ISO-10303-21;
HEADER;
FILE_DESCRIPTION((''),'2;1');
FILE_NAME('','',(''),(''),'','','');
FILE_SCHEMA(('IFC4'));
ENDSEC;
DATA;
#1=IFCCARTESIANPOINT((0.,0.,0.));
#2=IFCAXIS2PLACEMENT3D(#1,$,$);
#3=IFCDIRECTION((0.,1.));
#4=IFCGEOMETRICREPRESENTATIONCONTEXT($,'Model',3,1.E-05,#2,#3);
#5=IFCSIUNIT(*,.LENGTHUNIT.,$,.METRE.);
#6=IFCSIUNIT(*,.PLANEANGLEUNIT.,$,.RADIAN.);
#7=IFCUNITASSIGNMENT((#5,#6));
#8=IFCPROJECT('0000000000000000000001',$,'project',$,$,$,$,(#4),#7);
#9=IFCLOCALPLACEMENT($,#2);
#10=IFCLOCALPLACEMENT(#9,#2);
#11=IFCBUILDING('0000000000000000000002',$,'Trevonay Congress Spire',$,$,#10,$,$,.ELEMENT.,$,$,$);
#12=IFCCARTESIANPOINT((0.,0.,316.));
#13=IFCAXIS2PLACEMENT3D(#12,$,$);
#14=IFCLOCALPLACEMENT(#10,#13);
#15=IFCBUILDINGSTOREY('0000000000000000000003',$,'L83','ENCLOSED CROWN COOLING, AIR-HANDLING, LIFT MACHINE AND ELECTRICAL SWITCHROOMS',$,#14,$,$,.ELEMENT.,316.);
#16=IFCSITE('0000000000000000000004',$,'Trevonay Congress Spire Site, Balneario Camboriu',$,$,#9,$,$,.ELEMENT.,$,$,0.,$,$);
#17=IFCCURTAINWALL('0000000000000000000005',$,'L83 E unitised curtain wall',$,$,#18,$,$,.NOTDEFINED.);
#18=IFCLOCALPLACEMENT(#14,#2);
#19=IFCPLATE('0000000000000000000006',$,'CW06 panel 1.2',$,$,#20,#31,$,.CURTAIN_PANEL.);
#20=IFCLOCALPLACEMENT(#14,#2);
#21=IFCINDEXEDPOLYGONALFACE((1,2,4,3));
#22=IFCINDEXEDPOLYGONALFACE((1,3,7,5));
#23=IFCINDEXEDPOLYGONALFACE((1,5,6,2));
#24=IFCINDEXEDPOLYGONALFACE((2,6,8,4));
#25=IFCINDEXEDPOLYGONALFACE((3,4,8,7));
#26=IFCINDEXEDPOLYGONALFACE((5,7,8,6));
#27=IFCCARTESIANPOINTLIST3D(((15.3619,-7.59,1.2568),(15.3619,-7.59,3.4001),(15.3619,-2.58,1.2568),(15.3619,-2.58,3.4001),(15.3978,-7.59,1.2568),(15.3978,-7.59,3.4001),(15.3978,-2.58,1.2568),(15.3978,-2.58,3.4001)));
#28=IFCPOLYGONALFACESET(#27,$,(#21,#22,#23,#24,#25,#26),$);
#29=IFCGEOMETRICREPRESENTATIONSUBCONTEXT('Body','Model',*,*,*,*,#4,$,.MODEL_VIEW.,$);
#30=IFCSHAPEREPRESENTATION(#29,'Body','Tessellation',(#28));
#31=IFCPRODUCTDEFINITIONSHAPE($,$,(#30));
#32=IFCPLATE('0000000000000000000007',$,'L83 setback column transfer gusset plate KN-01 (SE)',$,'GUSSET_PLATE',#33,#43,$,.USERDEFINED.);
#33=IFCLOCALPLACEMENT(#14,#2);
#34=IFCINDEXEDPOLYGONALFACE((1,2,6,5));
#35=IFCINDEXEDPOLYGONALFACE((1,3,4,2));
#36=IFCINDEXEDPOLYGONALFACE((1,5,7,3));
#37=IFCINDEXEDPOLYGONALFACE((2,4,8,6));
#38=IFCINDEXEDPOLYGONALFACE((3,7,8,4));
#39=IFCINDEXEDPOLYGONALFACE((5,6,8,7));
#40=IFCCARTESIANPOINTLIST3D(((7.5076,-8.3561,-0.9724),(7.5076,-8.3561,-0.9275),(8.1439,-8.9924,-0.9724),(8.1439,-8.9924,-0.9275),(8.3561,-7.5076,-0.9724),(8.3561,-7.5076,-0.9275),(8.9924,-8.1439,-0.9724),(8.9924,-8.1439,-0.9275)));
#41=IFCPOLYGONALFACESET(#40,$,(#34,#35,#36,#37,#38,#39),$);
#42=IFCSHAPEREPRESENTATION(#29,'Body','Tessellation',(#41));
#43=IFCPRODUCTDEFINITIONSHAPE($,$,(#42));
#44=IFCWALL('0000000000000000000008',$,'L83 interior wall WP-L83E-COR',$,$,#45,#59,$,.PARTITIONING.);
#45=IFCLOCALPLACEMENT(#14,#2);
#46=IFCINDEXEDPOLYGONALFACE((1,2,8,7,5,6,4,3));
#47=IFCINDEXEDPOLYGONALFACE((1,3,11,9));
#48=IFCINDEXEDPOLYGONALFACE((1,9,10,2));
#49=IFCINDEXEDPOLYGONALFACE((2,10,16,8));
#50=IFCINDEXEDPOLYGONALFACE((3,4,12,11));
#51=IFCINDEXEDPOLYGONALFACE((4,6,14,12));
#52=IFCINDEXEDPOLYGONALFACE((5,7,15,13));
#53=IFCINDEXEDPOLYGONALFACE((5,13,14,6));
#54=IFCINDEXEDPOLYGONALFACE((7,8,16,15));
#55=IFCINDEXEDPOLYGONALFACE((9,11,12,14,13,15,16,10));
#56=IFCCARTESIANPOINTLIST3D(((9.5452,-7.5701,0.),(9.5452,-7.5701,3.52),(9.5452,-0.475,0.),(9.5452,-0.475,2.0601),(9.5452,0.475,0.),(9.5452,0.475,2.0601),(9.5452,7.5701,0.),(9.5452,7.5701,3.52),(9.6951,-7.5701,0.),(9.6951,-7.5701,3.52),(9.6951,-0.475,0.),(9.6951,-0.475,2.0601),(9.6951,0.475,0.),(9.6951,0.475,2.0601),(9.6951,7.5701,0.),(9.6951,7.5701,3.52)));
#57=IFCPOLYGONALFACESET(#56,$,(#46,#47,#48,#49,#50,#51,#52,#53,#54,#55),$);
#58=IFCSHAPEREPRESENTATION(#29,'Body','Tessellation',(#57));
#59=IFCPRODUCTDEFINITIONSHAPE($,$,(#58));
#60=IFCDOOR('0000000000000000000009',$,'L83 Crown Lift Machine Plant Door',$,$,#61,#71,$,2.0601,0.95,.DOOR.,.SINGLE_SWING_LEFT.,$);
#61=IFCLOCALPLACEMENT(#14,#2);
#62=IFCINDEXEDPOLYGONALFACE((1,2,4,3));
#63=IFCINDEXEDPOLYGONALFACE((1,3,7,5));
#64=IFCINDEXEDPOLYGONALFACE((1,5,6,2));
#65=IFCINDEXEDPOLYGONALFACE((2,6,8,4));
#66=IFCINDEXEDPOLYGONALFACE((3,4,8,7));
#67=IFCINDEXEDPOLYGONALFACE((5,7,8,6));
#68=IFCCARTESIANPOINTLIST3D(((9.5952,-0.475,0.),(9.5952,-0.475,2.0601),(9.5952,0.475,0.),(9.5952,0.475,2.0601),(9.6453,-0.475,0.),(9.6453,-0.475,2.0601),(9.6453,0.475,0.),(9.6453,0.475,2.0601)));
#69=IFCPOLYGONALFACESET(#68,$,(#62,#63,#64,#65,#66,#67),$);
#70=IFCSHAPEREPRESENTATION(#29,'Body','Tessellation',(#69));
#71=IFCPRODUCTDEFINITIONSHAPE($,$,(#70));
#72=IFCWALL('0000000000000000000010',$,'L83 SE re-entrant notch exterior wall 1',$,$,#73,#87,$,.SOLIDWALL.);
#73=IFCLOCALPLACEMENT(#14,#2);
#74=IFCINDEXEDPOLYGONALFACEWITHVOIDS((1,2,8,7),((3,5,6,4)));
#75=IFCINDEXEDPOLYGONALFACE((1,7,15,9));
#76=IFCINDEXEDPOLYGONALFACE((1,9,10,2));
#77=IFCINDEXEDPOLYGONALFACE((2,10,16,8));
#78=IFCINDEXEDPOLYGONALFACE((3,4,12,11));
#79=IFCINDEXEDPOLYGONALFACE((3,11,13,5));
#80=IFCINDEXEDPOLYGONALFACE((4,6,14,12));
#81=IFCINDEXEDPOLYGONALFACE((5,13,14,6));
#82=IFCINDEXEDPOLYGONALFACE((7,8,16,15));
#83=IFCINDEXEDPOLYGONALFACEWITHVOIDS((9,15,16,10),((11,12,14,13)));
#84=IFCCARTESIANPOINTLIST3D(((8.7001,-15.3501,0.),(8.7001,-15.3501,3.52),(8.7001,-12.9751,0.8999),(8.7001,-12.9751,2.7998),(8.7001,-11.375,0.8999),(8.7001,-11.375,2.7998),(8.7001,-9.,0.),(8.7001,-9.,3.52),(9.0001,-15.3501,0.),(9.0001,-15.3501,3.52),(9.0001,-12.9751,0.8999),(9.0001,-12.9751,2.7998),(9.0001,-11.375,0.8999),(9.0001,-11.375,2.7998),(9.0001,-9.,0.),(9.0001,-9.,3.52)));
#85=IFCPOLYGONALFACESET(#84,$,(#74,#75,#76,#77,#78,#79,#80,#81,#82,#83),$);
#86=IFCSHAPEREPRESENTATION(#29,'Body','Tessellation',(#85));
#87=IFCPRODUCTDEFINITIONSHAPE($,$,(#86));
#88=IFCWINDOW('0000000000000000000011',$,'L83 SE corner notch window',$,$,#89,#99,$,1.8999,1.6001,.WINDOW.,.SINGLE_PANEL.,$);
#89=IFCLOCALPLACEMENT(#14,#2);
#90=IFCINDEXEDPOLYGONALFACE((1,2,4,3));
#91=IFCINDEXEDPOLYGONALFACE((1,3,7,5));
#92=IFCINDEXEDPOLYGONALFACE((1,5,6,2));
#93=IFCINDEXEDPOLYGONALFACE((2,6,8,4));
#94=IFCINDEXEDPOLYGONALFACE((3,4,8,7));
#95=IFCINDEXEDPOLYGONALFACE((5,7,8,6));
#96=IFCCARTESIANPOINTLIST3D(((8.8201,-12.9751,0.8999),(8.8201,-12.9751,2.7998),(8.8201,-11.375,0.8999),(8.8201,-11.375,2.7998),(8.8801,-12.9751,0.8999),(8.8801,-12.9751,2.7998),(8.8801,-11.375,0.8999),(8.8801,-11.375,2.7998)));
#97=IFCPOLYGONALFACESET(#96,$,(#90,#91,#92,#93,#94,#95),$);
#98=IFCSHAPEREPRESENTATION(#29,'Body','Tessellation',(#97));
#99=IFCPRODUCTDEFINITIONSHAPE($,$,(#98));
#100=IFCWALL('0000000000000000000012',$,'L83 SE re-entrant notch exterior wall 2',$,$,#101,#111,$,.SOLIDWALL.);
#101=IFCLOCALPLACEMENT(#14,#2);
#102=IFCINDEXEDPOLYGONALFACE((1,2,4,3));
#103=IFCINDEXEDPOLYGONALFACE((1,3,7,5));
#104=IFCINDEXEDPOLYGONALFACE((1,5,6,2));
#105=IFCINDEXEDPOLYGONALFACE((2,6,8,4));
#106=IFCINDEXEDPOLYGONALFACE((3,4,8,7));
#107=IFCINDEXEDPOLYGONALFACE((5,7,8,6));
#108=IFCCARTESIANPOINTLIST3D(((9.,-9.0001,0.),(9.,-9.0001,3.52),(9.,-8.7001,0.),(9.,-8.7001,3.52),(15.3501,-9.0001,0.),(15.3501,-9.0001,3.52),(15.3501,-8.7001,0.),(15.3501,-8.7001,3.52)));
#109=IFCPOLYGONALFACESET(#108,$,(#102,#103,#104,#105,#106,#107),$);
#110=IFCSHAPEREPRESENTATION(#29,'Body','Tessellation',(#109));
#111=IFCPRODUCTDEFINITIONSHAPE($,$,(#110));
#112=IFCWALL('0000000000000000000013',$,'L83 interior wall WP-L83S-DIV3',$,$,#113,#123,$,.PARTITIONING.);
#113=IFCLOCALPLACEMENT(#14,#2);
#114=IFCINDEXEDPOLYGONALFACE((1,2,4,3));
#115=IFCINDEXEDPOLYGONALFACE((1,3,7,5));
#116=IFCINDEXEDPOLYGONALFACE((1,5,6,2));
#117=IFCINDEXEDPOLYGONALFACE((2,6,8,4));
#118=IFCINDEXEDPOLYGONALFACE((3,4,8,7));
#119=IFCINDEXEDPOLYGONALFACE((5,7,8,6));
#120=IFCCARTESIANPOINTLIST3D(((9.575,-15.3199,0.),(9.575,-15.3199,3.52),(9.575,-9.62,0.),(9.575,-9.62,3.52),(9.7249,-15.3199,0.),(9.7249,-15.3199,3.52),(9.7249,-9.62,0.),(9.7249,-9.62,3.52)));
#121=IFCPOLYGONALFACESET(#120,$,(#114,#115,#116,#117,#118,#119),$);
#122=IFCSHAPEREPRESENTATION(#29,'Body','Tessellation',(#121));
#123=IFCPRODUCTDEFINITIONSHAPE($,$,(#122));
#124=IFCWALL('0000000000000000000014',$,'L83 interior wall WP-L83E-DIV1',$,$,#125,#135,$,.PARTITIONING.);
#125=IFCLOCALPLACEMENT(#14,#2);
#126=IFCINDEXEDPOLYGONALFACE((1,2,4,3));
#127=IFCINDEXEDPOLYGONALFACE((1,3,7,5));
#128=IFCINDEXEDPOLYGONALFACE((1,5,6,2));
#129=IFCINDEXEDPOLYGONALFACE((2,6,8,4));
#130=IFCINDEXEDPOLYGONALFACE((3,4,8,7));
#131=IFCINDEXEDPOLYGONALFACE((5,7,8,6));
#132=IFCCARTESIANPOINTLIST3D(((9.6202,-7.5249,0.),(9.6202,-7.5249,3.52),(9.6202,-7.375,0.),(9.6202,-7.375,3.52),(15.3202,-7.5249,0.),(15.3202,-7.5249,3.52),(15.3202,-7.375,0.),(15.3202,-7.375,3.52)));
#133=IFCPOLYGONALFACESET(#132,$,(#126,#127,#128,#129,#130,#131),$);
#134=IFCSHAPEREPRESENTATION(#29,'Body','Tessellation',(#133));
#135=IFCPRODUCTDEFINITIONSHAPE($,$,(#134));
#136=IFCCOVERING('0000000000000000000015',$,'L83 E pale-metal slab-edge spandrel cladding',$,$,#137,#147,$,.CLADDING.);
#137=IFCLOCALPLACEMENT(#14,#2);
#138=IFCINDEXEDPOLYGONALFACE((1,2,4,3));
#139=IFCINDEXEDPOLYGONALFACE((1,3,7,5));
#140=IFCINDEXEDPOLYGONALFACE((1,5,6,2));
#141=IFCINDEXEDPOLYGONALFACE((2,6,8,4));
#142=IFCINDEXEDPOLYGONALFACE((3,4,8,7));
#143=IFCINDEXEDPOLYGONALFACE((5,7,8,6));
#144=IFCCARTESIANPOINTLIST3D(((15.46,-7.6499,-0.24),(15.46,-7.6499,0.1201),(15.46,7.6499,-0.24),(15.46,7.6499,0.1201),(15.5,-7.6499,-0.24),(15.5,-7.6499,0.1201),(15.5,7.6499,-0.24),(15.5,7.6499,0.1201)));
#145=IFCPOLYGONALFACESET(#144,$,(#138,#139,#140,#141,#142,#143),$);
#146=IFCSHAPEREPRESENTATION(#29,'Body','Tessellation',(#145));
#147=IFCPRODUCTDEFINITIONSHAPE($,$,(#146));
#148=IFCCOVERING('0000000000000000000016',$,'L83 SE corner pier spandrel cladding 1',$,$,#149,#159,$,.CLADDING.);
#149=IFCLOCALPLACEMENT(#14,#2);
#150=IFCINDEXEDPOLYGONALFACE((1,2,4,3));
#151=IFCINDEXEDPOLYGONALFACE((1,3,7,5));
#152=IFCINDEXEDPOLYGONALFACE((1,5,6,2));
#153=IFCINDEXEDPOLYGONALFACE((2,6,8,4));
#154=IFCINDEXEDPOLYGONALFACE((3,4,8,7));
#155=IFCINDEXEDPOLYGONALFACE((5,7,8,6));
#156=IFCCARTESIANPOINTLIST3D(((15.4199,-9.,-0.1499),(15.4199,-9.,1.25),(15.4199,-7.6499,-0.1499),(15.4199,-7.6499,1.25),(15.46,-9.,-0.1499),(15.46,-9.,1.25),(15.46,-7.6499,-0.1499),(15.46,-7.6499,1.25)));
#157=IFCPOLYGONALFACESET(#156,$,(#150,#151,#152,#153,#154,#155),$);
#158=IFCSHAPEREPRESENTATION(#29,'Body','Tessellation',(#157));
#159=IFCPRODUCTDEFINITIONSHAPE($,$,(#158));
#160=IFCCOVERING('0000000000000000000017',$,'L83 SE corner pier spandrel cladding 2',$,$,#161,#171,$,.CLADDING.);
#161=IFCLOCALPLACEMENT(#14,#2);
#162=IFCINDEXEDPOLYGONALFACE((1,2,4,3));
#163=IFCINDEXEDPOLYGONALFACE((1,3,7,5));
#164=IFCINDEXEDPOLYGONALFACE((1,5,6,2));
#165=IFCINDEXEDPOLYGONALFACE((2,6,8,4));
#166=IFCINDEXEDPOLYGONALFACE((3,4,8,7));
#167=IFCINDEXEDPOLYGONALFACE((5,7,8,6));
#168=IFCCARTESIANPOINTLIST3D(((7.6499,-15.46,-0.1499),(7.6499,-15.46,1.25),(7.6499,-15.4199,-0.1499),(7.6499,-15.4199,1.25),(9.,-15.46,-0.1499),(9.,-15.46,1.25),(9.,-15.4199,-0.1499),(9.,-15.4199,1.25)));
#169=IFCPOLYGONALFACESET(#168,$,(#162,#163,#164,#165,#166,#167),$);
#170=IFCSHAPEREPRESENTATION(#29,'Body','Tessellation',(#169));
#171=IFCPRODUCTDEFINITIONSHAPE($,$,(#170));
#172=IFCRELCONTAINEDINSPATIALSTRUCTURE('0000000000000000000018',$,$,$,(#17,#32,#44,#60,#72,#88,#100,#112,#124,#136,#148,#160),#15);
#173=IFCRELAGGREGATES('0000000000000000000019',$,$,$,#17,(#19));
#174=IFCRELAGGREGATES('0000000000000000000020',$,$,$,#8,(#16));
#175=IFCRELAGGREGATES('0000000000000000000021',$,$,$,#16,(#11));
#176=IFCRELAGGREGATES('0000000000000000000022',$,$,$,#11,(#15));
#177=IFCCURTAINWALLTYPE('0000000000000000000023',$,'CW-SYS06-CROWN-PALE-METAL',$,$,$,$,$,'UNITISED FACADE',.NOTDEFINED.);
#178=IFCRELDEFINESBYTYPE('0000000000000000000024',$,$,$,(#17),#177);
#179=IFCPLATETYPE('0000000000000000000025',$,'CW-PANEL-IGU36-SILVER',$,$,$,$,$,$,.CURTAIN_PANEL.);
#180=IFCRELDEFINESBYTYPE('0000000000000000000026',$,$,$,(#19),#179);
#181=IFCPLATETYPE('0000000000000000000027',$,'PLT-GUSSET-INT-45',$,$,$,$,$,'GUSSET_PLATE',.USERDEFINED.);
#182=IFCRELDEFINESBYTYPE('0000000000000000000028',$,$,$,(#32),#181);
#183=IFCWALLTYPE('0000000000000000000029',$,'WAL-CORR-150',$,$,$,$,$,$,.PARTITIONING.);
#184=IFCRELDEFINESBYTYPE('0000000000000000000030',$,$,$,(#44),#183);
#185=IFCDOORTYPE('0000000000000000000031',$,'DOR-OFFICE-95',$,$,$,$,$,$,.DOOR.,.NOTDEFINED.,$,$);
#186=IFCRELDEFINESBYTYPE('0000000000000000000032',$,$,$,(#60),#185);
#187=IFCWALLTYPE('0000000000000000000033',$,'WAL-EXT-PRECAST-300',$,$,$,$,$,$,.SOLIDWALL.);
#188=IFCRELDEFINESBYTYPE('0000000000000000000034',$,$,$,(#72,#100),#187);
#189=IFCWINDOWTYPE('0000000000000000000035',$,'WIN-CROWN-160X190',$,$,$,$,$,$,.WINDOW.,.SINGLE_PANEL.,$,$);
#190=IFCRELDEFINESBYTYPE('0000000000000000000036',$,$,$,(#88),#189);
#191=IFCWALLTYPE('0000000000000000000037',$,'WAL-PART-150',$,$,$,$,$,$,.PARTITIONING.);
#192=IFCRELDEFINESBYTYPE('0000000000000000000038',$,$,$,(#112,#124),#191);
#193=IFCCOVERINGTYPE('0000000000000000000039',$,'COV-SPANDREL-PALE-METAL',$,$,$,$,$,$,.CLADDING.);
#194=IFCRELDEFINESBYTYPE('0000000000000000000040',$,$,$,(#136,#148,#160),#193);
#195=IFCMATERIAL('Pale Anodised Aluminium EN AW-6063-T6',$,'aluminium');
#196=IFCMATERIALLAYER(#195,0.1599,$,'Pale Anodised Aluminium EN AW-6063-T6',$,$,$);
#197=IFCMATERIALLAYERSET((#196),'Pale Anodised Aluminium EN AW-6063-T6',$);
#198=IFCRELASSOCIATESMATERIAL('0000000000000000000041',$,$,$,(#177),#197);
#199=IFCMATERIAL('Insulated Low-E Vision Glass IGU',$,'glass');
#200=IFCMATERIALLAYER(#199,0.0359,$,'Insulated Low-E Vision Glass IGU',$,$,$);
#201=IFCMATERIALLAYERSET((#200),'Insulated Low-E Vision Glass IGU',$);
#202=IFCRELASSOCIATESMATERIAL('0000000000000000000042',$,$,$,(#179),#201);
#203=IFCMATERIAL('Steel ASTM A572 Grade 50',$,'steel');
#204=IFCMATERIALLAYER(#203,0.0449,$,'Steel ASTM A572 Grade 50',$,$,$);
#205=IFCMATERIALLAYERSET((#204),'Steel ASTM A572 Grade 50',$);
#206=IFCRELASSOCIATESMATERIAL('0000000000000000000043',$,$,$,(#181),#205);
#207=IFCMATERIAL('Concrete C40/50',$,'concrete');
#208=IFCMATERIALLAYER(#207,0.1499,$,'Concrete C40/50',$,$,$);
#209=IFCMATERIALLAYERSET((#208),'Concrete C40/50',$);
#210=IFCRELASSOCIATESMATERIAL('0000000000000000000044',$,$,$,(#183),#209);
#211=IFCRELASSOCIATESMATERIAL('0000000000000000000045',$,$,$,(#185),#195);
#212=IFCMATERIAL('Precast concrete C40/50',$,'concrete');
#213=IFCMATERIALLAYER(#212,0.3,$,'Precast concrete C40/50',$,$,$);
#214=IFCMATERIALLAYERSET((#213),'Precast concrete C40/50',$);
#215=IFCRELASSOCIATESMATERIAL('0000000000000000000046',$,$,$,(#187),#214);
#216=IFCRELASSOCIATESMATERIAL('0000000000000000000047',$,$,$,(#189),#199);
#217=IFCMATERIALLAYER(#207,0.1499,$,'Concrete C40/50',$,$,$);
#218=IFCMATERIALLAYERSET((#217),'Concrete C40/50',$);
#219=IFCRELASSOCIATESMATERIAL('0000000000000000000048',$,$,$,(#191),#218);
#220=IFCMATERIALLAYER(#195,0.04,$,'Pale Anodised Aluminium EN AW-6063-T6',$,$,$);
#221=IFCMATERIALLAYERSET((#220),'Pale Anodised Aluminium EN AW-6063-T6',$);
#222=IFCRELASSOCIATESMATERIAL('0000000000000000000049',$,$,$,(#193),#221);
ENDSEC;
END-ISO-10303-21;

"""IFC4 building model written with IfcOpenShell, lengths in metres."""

from ifc_helpers import new_model, si_unit, direction, frame, frame_2d, origin, origin_2d, place, context, subcontext, project, spatial, rectangle, extrude, material, layer, layer_set, type_object, element, fill, aggregate, save


model = new_model("IFC4")

# Units and contexts
model_context = context("Model", 3, precision=1e-05, world=origin(), true_north=direction((0.0, 1.0)))
body_context = subcontext(model_context, "Body", "Model", "MODEL_VIEW")
ifc_project = project(units=[si_unit("LENGTHUNIT", "METRE"), si_unit("PLANEANGLEUNIT", "RADIAN")], contexts=[model_context])

# Site, building, storey
site_placement = place(None, origin())
site = spatial("IfcSite", under=ifc_project, at=site_placement, Name="Trevonay Congress Spire Site, Balneario Camboriu", CompositionType="ELEMENT", RefElevation=0.0)
building_placement = place(site_placement, origin())
building = spatial("IfcBuilding", under=site, at=building_placement, Name="Trevonay Congress Spire", CompositionType="ELEMENT")
storey_placement = place(building_placement, frame((0.0, 0.0, 316.0)))
storey = spatial("IfcBuildingStorey", under=building, at=storey_placement, Name="L83", Description="ENCLOSED CROWN COOLING, AIR-HANDLING, LIFT MACHINE AND ELECTRICAL SWITCHROOMS", CompositionType="ELEMENT", Elevation=316.0)

# Shared definitions
ifc_material_1 = material(Name="Steel ASTM A572 Grade 50", Category="steel")

# Shared definitions
ifc_material_2 = material(Name="Pale Anodised Aluminium EN AW-6063-T6", Category="aluminium")
ifc_layer_1 = layer(ifc_material_2, 0.1599, Name="Pale Anodised Aluminium EN AW-6063-T6")
ifc_layer_set_1 = layer_set([ifc_layer_1], Name="Pale Anodised Aluminium EN AW-6063-T6")
curtain_wall_type = type_object("IfcCurtainWallType", Name="CW-SYS06-CROWN-PALE-METAL", ElementType="UNITISED FACADE", PredefinedType="NOTDEFINED", material=ifc_layer_set_1)

# Curtain wall
curtain_wall_1_placement = place(storey_placement, origin())
curtain_wall_1 = element("IfcCurtainWall", 1, at=curtain_wall_1_placement, inside=storey, type_object=curtain_wall_type, Name="L83 E unitised curtain wall", PredefinedType="NOTDEFINED")

# Plates
ifc_material_3 = material(Name="Insulated Low-E Vision Glass IGU", Category="glass")
ifc_layer_2 = layer(ifc_material_3, 0.0359, Name="Insulated Low-E Vision Glass IGU")
ifc_layer_set_2 = layer_set([ifc_layer_2], Name="Insulated Low-E Vision Glass IGU")
plate_type_1 = type_object("IfcPlateType", Name="CW-PANEL-IGU36-SILVER", PredefinedType="CURTAIN_PANEL", material=ifc_layer_set_2)
plate_1_placement = place(storey_placement, frame((15.3799, -5.085, 1.2568), z_axis=(0.0, 0.0, 1.0), x_axis=(0.0, 1.0, 0.0)))
plate_1 = element("IfcPlate", 2, at=plate_1_placement, type_object=plate_type_1, Name="CW06 panel 1.2", PredefinedType="CURTAIN_PANEL", context=body_context, shape_type="SweptSolid", body=[
    extrude(rectangle(XDim=5.01, YDim=0.0359, at=origin_2d()), origin(), (0.0, 0.0, 1.0), 2.1433),
])
aggregate(curtain_wall_1, [plate_1])
ifc_layer_3 = layer(ifc_material_1, 0.0449, Name="Steel ASTM A572 Grade 50")
ifc_layer_set_3 = layer_set([ifc_layer_3], Name="Steel ASTM A572 Grade 50")
plate_type_2 = type_object("IfcPlateType", Name="PLT-GUSSET-INT-45", ElementType="GUSSET_PLATE", PredefinedType="USERDEFINED", material=ifc_layer_set_3)
plate_2_placement = place(storey_placement, frame((8.25, -8.25, -0.9724), z_axis=(0.0, 0.0, 1.0), x_axis=(0.707107, 0.707107, 0.0)))
element("IfcPlate", 3, at=plate_2_placement, inside=storey, type_object=plate_type_2, Name="L83 setback column transfer gusset plate KN-01 (SE)", ObjectType="GUSSET_PLATE", PredefinedType="USERDEFINED", context=body_context, shape_type="SweptSolid", body=[
    extrude(rectangle(XDim=1.2, YDim=0.8999, at=origin_2d()), origin(), (0.0, 0.0, 1.0), 0.0449),
])

# Wall, opening, door
ifc_material_4 = material(Name="Concrete C40/50", Category="concrete")
ifc_layer_4 = layer(ifc_material_4, 0.1499, Name="Concrete C40/50")
ifc_layer_set_4 = layer_set([ifc_layer_4], Name="Concrete C40/50")
wall_type_1 = type_object("IfcWallType", Name="WAL-CORR-150", PredefinedType="PARTITIONING", material=ifc_layer_set_4)
wall_1_placement = place(storey_placement, frame((9.6201, -7.5701, 0.0), z_axis=(0.0, 0.0, 1.0), x_axis=(0.0, 1.0, 0.0)))
wall_1 = element("IfcWall", 4, at=wall_1_placement, inside=storey, type_object=wall_type_1, Name="L83 interior wall WP-L83E-COR", PredefinedType="PARTITIONING", context=body_context, shape_type="SweptSolid", body=[
    extrude(rectangle(XDim=15.1401, YDim=0.1499, at=frame_2d((7.5701, 0.0))), origin(), (0.0, 0.0, 1.0), 3.52),
])
opening_1_placement = place(wall_1_placement, frame((7.095, 0.0, 0.0)))
opening_1 = element("IfcOpeningElement", 5, at=opening_1_placement, cuts=wall_1, PredefinedType="OPENING", context=body_context, shape_type="SweptSolid", body=[
    extrude(rectangle(XDim=0.95, YDim=2.0601, at=frame_2d((0.4751, 1.03))), frame((0.0, 0.085, 0.0), z_axis=(0.0, -1.0, 0.0), x_axis=(1.0, 0.0, 0.0)), (0.0, 0.0, 1.0), 0.1699),
])
door_type = type_object("IfcDoorType", Name="DOR-OFFICE-95", OperationType="NOTDEFINED", PredefinedType="DOOR", material=ifc_material_2)
door_placement = place(opening_1_placement, origin())
door = element("IfcDoor", 6, at=door_placement, inside=storey, type_object=door_type, Name="L83 Crown Lift Machine Plant Door", OperationType="SINGLE_SWING_LEFT", OverallHeight=2.0601, OverallWidth=0.95, PredefinedType="DOOR", context=body_context, shape_type="SweptSolid", body=[
    extrude(rectangle(XDim=0.95, YDim=2.0601, at=frame_2d((0.4751, 1.03))), frame((0.0, 0.0249, 0.0), z_axis=(0.0, -1.0, 0.0), x_axis=(1.0, 0.0, 0.0)), (0.0, 0.0, 1.0), 0.05),
])
fill(opening_1, door)

# Wall, opening, window
ifc_material_5 = material(Name="Precast concrete C40/50", Category="concrete")
ifc_layer_5 = layer(ifc_material_5, 0.3, Name="Precast concrete C40/50")
ifc_layer_set_5 = layer_set([ifc_layer_5], Name="Precast concrete C40/50")
wall_type_2 = type_object("IfcWallType", Name="WAL-EXT-PRECAST-300", PredefinedType="SOLIDWALL", material=ifc_layer_set_5)
wall_2_placement = place(storey_placement, frame((8.8501, -15.3501, 0.0), z_axis=(0.0, 0.0, 1.0), x_axis=(0.0, 1.0, 0.0)))
wall_2 = element("IfcWall", 7, at=wall_2_placement, inside=storey, type_object=wall_type_2, Name="L83 SE re-entrant notch exterior wall 1", PredefinedType="SOLIDWALL", context=body_context, shape_type="SweptSolid", body=[
    extrude(rectangle(XDim=6.3501, YDim=0.3, at=frame_2d((3.175, 0.0))), origin(), (0.0, 0.0, 1.0), 3.52),
])
opening_2_placement = place(wall_2_placement, frame((2.375, 0.0, 0.8999)))
opening_2 = element("IfcOpeningElement", 8, at=opening_2_placement, cuts=wall_2, PredefinedType="OPENING", context=body_context, shape_type="SweptSolid", body=[
    extrude(rectangle(XDim=1.6001, YDim=1.8999, at=frame_2d((0.8, 0.95))), frame((0.0, 0.1602, 0.0), z_axis=(0.0, -1.0, 0.0), x_axis=(1.0, 0.0, 0.0)), (0.0, 0.0, 1.0), 0.3201),
])
window_type = type_object("IfcWindowType", Name="WIN-CROWN-160X190", PartitioningType="SINGLE_PANEL", PredefinedType="WINDOW", material=ifc_material_3)
window_placement = place(opening_2_placement, origin())
window = element("IfcWindow", 9, at=window_placement, inside=storey, type_object=window_type, Name="L83 SE corner notch window", OverallHeight=1.8999, OverallWidth=1.6001, PartitioningType="SINGLE_PANEL", PredefinedType="WINDOW", context=body_context, shape_type="SweptSolid", body=[
    extrude(rectangle(XDim=1.6001, YDim=1.8999, at=frame_2d((0.8, 0.95))), frame((0.0, 0.03, 0.0), z_axis=(0.0, -1.0, 0.0), x_axis=(1.0, 0.0, 0.0)), (0.0, 0.0, 1.0), 0.0601),
])
fill(opening_2, window)

# Walls
wall_3_placement = place(storey_placement, frame((15.3501, -8.8501, 0.0), z_axis=(0.0, 0.0, 1.0), x_axis=(-1.0, 0.0, 0.0)))
element("IfcWall", 10, at=wall_3_placement, inside=storey, type_object=wall_type_2, Name="L83 SE re-entrant notch exterior wall 2", PredefinedType="SOLIDWALL", context=body_context, shape_type="SweptSolid", body=[
    extrude(rectangle(XDim=6.3501, YDim=0.3, at=frame_2d((3.175, 0.0))), origin(), (0.0, 0.0, 1.0), 3.52),
])
ifc_layer_6 = layer(ifc_material_4, 0.1499, Name="Concrete C40/50")
ifc_layer_set_6 = layer_set([ifc_layer_6], Name="Concrete C40/50")
wall_type_3 = type_object("IfcWallType", Name="WAL-PART-150", PredefinedType="PARTITIONING", material=ifc_layer_set_6)
for number, where, z_axis, x_axis, name in (
    (11, (9.6499, -15.3201, 0.0), (0.0, 0.0, 1.0), (0.0, 1.0, 0.0), "L83 interior wall WP-L83S-DIV3"),
    (12, (9.6201, -7.45, 0.0), (0.0, 0.0, 1.0), (1.0, 0.0, 0.0), "L83 interior wall WP-L83E-DIV1"),
):
    element("IfcWall", number, at=place(storey_placement, frame(where, z_axis=z_axis, x_axis=x_axis)), inside=storey, type_object=wall_type_3, Name=name, PredefinedType="PARTITIONING", context=body_context, shape_type="SweptSolid", body=[
        extrude(rectangle(XDim=5.7, YDim=0.1499, at=frame_2d((2.8501, 0.0))), origin(), (0.0, 0.0, 1.0), 3.52),
    ])

# Coverings
ifc_layer_7 = layer(ifc_material_2, 0.04, Name="Pale Anodised Aluminium EN AW-6063-T6")
ifc_layer_set_7 = layer_set([ifc_layer_7], Name="Pale Anodised Aluminium EN AW-6063-T6")
covering_type = type_object("IfcCoveringType", Name="COV-SPANDREL-PALE-METAL", PredefinedType="CLADDING", material=ifc_layer_set_7)
covering_placement = place(storey_placement, frame((15.48, -7.6499, -0.24), z_axis=(0.0, 0.0, 1.0), x_axis=(0.0, 1.0, 0.0)))
element("IfcCovering", 13, at=covering_placement, inside=storey, type_object=covering_type, Name="L83 E pale-metal slab-edge spandrel cladding", PredefinedType="CLADDING", context=body_context, shape_type="SweptSolid", body=[
    extrude(rectangle(XDim=15.2998, YDim=0.04, at=frame_2d((7.6499, 0.0))), origin(), (0.0, 0.0, 1.0), 0.3601),
])
for number, where, z_axis, x_axis, name in (
    (14, (15.4399, -7.6499, -0.1499), (0.0, 0.0, 1.0), (0.0, -1.0, 0.0), "L83 SE corner pier spandrel cladding 1"),
    (15, (7.6499, -15.4399, -0.1499), (0.0, 0.0, 1.0), (1.0, 0.0, 0.0), "L83 SE corner pier spandrel cladding 2"),
):
    element("IfcCovering", number, at=place(storey_placement, frame(where, z_axis=z_axis, x_axis=x_axis)), inside=storey, type_object=covering_type, Name=name, PredefinedType="CLADDING", context=body_context, shape_type="SweptSolid", body=[
        extrude(rectangle(XDim=1.3501, YDim=0.04, at=frame_2d((0.675, 0.0))), origin(), (0.0, 0.0, 1.0), 1.3999),
    ])

save(model, "model.ifc")
